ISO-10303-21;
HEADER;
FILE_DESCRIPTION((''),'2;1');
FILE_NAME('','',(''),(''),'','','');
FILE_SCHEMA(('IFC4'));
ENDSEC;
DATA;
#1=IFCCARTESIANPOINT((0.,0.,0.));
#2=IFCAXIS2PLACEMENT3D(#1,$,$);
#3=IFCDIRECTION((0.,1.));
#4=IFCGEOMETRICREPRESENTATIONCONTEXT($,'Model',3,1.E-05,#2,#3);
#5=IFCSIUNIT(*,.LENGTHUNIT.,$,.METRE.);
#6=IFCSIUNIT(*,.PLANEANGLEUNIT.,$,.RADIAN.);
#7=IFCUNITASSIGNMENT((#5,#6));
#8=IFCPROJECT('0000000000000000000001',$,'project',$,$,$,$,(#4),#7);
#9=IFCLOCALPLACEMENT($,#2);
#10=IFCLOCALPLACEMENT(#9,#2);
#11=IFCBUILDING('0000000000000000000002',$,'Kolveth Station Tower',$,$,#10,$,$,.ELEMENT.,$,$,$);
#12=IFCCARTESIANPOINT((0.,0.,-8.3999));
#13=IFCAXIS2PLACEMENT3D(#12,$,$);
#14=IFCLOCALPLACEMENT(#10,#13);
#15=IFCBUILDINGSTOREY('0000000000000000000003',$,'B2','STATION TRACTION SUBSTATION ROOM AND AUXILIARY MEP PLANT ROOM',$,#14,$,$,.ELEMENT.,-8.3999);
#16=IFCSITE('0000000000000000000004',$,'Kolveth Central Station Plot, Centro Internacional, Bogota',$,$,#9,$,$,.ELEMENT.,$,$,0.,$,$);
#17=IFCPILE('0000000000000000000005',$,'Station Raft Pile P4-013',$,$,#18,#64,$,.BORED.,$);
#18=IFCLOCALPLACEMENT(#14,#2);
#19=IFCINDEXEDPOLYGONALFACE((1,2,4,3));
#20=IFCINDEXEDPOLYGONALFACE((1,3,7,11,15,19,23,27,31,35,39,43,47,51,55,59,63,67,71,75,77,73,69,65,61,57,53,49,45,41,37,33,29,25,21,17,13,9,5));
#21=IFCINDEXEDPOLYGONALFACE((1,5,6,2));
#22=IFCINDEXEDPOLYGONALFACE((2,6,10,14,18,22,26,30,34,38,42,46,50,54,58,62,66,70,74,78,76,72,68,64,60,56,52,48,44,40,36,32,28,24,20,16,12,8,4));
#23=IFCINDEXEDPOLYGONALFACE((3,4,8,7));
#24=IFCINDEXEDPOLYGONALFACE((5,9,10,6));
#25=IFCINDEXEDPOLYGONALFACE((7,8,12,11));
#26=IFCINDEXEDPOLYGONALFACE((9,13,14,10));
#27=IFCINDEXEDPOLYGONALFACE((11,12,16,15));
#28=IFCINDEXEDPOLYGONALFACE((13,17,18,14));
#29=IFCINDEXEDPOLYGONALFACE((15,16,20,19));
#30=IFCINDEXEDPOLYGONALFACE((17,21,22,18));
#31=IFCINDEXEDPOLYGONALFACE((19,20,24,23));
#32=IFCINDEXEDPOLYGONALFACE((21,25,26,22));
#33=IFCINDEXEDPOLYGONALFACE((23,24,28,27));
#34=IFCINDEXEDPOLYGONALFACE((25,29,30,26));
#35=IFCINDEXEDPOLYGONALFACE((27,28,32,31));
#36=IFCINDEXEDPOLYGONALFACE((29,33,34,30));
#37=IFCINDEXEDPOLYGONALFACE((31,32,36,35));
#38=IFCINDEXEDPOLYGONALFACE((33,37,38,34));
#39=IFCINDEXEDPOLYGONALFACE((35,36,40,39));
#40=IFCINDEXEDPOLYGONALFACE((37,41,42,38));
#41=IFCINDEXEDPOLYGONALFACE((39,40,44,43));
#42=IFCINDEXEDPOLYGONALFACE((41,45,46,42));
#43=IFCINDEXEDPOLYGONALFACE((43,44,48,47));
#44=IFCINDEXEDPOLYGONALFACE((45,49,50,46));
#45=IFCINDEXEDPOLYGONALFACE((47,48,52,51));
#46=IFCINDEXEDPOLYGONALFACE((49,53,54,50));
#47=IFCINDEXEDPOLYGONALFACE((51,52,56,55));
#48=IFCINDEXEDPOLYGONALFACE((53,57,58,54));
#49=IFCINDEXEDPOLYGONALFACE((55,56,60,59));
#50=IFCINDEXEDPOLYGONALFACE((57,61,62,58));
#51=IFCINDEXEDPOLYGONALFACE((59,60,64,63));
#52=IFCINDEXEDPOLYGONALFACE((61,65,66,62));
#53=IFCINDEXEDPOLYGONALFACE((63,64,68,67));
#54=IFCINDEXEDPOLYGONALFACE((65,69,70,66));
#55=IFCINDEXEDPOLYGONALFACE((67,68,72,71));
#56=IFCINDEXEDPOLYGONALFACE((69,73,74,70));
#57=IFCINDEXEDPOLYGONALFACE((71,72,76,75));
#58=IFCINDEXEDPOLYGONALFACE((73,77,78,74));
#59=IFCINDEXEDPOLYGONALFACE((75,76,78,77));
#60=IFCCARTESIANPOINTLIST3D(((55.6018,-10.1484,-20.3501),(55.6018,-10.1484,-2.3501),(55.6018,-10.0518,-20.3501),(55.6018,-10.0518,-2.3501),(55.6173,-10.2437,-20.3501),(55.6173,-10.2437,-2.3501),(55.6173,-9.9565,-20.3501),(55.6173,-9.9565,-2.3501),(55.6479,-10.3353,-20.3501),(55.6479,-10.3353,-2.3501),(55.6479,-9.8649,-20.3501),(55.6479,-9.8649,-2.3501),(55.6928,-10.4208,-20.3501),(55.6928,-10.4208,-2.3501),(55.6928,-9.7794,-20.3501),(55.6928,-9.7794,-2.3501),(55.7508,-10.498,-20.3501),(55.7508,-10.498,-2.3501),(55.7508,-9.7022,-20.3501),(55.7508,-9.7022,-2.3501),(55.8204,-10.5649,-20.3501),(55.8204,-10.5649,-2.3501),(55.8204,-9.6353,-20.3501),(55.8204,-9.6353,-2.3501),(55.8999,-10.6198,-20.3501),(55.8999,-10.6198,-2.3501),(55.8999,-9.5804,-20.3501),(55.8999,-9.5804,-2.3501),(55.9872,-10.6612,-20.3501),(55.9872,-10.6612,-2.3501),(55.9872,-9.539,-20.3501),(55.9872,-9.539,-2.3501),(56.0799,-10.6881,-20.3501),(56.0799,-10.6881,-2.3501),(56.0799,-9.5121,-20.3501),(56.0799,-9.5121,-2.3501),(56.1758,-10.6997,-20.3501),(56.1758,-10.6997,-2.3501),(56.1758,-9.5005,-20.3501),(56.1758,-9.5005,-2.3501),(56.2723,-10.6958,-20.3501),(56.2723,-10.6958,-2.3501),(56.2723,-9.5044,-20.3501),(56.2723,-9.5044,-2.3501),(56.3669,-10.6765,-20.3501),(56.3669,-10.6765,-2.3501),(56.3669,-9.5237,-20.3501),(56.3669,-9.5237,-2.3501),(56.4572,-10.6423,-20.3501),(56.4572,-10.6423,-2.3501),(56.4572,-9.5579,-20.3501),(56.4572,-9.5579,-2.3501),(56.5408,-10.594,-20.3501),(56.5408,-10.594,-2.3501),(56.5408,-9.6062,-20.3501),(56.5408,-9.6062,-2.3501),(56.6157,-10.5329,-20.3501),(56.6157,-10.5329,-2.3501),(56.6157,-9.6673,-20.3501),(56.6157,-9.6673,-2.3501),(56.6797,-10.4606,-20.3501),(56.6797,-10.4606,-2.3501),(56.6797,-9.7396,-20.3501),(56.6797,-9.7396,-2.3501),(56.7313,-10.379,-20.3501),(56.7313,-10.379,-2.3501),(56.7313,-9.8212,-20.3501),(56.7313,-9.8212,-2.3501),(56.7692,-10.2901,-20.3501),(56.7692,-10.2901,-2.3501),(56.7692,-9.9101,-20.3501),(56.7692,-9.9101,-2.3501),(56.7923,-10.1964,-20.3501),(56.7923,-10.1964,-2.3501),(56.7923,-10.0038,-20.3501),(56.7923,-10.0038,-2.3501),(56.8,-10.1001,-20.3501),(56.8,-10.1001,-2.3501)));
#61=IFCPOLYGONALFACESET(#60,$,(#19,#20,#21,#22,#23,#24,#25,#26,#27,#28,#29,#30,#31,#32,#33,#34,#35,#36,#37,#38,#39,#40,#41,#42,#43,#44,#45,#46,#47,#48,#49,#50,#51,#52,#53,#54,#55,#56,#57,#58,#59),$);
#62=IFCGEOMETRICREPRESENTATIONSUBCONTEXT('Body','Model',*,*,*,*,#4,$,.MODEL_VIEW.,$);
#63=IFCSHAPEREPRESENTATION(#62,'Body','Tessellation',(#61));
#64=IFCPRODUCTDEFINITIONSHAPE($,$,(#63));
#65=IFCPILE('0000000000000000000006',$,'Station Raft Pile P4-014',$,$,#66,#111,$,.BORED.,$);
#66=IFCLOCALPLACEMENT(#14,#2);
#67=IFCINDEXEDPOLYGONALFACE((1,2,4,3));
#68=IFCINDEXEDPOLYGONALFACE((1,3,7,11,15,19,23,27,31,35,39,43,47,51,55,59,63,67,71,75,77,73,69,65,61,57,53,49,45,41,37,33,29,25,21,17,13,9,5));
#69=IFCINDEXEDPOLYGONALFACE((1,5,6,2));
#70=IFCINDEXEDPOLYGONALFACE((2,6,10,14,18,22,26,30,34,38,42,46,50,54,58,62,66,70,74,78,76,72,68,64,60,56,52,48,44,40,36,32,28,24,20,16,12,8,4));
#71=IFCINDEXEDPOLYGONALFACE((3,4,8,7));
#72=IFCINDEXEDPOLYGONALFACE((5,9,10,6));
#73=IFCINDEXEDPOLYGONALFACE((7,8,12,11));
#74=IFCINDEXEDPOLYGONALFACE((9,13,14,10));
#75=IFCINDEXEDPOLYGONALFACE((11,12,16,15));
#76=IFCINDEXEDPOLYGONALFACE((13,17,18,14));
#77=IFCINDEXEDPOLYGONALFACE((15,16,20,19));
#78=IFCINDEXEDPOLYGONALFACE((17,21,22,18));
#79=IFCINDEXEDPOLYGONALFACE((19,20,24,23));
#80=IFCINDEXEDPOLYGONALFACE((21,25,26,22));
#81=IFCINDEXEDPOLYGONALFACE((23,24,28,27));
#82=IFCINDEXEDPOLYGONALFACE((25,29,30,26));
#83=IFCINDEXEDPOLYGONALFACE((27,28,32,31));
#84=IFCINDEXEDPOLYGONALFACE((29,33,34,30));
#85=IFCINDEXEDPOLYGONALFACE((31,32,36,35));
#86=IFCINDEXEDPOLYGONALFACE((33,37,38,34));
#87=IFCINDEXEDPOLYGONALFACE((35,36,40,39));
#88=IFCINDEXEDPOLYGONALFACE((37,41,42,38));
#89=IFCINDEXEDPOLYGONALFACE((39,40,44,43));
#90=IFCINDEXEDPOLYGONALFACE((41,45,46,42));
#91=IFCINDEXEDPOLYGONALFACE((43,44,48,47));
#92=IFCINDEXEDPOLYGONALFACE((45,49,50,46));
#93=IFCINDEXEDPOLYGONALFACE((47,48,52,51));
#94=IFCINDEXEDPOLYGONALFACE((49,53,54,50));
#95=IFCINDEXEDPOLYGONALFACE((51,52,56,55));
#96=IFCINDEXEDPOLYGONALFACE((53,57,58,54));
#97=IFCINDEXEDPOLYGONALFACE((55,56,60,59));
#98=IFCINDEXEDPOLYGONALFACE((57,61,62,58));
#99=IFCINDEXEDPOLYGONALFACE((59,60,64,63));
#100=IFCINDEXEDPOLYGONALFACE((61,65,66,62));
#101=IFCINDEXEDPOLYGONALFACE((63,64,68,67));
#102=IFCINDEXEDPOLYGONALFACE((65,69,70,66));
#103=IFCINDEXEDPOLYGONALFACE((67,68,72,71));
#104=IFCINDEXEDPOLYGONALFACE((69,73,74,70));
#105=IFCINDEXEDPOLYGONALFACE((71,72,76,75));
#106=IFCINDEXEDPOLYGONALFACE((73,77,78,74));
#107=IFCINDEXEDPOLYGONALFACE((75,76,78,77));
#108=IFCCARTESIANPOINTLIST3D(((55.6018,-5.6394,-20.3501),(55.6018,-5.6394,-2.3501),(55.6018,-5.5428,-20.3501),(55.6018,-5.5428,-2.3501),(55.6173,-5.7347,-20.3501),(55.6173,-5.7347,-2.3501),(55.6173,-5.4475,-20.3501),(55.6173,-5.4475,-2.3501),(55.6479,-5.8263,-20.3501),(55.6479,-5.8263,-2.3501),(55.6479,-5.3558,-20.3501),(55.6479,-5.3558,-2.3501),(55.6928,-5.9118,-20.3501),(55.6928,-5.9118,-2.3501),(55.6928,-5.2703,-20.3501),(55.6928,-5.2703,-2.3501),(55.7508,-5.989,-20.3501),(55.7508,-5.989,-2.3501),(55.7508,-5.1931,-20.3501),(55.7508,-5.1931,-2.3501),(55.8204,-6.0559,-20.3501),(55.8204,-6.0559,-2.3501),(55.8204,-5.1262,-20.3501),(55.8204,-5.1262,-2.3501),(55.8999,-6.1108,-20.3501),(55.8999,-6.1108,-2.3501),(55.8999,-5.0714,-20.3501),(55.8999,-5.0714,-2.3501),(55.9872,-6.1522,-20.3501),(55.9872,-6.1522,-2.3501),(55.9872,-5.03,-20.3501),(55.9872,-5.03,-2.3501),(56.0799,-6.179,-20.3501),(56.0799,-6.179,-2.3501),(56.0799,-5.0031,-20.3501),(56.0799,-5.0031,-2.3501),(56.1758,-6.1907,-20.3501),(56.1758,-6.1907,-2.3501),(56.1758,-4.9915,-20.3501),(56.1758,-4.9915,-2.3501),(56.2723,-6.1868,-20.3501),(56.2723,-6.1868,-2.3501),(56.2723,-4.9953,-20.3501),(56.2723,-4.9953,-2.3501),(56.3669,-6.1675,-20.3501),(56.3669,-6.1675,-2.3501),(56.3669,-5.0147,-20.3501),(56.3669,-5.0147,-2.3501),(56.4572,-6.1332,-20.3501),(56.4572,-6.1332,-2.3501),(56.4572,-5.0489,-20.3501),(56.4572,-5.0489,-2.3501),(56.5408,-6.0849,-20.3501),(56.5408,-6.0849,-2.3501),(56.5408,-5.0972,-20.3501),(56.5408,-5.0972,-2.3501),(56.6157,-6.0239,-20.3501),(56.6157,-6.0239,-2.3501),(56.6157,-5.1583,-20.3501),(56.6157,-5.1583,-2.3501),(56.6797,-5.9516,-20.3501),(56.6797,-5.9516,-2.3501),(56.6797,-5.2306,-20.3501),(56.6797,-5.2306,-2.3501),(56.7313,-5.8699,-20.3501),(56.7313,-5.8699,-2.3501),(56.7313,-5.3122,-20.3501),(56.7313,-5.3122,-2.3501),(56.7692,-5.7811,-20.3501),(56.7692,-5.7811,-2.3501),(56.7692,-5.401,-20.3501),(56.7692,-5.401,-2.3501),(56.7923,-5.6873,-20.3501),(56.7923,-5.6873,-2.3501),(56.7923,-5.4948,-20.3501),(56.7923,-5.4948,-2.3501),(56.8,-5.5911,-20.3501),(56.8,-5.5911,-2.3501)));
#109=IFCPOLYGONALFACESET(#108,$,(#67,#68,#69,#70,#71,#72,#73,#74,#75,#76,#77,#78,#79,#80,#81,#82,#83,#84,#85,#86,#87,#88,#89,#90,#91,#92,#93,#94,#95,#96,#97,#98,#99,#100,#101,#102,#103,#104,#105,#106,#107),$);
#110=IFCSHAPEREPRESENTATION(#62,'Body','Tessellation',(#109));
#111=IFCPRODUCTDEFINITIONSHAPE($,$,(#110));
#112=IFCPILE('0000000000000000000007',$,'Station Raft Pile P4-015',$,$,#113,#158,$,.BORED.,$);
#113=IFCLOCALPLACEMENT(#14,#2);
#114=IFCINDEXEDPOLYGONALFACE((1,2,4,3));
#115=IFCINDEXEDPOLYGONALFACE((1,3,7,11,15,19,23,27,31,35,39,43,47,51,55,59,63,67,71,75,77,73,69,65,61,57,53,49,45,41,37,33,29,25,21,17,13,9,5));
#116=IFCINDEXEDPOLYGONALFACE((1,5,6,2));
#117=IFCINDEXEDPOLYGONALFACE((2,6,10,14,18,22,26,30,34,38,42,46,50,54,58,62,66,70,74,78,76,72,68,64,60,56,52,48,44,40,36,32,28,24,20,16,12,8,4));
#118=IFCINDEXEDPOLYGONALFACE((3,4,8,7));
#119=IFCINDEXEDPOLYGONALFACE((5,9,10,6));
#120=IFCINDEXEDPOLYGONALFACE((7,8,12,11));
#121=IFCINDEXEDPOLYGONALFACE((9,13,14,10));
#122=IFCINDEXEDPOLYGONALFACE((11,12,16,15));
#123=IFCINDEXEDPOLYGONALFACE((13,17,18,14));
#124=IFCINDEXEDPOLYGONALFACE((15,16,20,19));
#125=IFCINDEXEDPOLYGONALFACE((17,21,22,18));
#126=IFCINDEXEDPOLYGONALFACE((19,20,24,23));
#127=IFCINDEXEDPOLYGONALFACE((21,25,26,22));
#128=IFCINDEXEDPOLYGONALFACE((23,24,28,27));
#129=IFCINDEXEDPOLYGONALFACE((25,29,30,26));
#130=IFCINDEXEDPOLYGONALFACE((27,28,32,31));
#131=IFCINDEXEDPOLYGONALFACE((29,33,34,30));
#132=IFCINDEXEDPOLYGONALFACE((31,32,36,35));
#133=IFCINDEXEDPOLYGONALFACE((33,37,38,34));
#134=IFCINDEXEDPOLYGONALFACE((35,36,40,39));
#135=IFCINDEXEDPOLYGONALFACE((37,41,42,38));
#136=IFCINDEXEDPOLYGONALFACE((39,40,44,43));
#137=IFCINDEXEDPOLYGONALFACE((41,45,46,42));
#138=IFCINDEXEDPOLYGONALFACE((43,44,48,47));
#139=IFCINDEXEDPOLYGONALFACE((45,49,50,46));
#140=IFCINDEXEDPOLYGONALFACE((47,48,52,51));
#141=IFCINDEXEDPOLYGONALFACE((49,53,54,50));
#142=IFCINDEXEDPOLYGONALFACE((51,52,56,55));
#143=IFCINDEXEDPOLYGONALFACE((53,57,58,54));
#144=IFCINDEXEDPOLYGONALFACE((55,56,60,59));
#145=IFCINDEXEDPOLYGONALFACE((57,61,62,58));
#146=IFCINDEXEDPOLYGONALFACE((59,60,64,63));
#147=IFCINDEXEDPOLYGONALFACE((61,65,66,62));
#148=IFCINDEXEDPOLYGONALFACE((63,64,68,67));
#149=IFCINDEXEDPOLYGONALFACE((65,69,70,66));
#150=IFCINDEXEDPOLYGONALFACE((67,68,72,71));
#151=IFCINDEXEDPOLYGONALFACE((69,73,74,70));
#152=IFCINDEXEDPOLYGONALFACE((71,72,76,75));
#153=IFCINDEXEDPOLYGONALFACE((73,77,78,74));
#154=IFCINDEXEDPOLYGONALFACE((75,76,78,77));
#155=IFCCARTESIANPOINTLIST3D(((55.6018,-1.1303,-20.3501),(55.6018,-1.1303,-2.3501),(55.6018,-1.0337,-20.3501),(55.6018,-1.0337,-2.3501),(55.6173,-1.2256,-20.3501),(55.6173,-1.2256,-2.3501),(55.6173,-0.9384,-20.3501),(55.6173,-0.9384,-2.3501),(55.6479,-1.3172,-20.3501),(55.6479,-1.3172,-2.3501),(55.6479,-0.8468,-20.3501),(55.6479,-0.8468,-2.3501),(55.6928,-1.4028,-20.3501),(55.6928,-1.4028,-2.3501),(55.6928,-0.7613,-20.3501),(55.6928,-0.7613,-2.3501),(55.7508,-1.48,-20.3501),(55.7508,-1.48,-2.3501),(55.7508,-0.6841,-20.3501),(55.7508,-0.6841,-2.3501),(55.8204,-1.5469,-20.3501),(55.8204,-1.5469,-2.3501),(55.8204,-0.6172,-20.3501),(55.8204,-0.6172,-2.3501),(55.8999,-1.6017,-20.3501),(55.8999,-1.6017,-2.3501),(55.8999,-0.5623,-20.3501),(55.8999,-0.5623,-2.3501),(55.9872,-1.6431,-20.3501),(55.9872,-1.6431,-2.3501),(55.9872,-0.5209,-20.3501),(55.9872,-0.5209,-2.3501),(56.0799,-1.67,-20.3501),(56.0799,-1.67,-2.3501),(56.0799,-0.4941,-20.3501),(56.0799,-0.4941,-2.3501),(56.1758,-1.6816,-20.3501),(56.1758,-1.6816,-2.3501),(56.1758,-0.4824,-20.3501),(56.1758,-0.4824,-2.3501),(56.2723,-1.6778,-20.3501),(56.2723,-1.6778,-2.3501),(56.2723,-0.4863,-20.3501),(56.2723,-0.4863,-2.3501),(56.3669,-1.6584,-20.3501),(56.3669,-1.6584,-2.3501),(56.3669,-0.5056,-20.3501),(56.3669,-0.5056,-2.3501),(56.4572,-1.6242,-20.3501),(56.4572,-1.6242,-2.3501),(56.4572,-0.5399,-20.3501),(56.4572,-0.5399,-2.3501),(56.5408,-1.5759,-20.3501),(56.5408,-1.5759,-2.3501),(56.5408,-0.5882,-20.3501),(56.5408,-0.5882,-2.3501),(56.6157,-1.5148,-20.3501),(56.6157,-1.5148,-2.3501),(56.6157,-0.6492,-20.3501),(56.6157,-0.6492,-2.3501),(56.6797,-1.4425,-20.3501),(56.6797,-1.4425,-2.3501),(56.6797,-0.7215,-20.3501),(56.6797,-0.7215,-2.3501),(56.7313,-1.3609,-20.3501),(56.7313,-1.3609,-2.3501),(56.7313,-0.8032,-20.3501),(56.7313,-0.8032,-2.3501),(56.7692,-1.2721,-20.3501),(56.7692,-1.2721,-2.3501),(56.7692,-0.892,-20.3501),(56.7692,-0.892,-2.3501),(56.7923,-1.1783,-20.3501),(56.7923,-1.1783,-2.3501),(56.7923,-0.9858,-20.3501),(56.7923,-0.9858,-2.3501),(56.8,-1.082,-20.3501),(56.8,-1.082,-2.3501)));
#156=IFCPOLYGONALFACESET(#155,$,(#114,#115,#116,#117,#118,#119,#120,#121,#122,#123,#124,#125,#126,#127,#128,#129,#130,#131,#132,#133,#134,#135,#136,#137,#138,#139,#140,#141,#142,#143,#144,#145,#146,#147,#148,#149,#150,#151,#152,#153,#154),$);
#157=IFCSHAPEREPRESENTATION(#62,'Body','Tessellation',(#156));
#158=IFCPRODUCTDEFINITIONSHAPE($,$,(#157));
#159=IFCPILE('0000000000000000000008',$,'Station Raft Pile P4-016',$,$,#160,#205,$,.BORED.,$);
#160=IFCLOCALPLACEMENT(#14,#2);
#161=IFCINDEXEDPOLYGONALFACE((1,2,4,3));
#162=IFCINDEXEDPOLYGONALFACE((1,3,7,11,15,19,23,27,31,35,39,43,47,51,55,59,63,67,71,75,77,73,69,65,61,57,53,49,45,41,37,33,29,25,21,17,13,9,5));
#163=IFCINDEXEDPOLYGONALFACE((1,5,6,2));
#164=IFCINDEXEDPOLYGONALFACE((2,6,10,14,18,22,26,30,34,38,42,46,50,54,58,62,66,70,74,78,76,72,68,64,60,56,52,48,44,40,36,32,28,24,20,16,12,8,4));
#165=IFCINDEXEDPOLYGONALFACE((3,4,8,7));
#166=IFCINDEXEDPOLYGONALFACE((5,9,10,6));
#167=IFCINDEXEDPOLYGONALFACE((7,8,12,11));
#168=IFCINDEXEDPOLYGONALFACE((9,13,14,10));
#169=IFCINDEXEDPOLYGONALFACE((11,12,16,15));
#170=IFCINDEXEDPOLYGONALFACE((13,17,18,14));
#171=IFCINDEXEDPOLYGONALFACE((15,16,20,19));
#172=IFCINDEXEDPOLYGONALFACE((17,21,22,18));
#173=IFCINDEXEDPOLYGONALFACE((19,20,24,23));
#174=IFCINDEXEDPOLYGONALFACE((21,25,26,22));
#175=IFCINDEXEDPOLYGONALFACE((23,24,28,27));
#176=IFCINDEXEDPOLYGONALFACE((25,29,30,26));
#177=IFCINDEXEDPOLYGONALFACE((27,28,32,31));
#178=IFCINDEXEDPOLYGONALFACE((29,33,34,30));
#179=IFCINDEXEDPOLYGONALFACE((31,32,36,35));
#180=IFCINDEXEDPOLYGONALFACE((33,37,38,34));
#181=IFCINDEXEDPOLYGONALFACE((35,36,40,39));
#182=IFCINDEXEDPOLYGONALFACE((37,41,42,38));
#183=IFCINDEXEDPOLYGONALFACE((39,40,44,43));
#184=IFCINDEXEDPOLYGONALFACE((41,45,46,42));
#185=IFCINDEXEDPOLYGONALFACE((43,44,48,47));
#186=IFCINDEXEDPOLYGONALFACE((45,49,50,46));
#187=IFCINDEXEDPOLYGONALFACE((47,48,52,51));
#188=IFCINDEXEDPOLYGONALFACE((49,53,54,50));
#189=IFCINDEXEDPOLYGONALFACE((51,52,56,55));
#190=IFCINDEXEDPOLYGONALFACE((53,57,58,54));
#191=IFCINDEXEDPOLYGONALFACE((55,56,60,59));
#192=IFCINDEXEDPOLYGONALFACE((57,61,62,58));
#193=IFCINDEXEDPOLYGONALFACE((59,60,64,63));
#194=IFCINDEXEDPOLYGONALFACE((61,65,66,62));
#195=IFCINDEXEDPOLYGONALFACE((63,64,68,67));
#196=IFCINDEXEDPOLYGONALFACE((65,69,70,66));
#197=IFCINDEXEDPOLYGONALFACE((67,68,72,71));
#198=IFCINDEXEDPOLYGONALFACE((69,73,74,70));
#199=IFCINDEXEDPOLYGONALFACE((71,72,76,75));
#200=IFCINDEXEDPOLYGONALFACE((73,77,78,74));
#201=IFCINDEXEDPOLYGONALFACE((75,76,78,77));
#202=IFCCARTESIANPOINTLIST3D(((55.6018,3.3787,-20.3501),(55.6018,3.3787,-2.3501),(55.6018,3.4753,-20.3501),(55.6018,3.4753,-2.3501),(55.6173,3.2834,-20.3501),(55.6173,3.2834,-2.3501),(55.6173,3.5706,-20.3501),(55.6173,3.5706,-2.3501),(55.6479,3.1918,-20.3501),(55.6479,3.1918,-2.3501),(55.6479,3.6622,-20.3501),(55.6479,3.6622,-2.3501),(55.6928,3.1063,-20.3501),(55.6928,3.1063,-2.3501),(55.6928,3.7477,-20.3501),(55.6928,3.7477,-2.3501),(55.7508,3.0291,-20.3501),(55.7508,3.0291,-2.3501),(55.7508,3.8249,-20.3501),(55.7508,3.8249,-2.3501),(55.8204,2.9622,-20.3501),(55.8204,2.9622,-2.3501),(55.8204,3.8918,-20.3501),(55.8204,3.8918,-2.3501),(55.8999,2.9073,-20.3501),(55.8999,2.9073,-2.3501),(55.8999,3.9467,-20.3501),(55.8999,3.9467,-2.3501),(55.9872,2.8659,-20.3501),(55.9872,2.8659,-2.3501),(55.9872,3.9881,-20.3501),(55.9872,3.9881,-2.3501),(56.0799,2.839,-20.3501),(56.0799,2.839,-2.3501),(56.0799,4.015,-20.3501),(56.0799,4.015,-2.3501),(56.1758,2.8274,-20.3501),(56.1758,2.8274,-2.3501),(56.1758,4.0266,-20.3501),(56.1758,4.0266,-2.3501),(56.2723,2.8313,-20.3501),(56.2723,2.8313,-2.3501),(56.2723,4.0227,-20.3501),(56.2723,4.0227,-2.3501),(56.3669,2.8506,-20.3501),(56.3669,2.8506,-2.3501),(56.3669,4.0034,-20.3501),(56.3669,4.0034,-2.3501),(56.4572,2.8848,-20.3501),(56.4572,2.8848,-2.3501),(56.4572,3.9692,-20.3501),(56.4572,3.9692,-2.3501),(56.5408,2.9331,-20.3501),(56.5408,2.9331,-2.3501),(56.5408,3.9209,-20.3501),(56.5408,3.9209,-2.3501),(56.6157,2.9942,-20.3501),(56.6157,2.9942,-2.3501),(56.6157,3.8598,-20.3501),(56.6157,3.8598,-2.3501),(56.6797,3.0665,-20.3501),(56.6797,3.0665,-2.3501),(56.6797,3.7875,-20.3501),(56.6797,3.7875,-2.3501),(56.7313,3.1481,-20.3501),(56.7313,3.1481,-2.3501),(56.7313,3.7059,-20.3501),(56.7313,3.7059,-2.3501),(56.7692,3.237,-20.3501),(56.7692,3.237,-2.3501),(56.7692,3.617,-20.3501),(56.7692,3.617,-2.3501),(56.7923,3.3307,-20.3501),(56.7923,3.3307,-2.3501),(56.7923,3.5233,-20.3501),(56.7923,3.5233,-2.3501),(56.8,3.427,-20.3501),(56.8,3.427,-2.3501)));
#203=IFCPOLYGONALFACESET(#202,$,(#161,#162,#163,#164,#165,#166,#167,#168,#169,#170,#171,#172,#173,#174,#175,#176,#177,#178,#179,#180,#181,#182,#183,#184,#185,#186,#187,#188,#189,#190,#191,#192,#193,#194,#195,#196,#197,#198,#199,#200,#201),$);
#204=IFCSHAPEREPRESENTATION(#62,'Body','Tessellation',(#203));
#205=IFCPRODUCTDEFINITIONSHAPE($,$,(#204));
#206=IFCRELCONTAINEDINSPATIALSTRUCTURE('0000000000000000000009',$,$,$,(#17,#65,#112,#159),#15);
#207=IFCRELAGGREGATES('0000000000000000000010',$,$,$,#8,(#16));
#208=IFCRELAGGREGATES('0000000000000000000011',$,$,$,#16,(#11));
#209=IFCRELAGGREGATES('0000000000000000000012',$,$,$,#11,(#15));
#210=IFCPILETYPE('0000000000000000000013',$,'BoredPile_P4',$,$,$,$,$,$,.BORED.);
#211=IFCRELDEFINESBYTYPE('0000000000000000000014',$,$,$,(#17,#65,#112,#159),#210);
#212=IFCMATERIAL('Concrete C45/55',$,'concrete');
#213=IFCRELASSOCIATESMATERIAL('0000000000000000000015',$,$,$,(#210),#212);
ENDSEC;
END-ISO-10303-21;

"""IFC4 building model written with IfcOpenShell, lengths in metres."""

from ifc_helpers import new_model, si_unit, direction, frame, origin, origin_2d, place, context, subcontext, project, spatial, circle, extrude, source, transform, mapped, material, material_profile, profile_set, type_object, element, save


model = new_model("IFC4")

# Units and contexts
model_context = context("Model", 3, precision=1e-05, world=origin(), true_north=direction((0.0, 1.0)))
body_context = subcontext(model_context, "Body", "Model", "MODEL_VIEW")
ifc_project = project(units=[si_unit("LENGTHUNIT", "METRE"), si_unit("PLANEANGLEUNIT", "RADIAN")], contexts=[model_context])

# Site, building, storey
site_placement = place(None, origin())
site = spatial("IfcSite", under=ifc_project, at=site_placement, Name="Kolveth Central Station Plot, Centro Internacional, Bogota", CompositionType="ELEMENT", RefElevation=0.0)
building_placement = place(site_placement, origin())
building = spatial("IfcBuilding", under=site, at=building_placement, Name="Kolveth Station Tower", CompositionType="ELEMENT")
storey_placement = place(building_placement, frame((0.0, 0.0, -8.3999)))
storey = spatial("IfcBuildingStorey", under=building, at=storey_placement, Name="B2", Description="STATION TRACTION SUBSTATION ROOM AND AUXILIARY MEP PLANT ROOM", CompositionType="ELEMENT", Elevation=-8.3999)

# Piles
ifc_material_1 = material(Name="Concrete C45/55", Category="concrete")
ifc_material_profile_1 = material_profile(ifc_material_1, circle(Radius=0.6001, at=origin_2d()), Name="PILE-D1200")
ifc_profile_set_1 = profile_set([ifc_material_profile_1], Name="Concrete C45/55")
pile_type = type_object("IfcPileType", Name="BoredPile_P4", PredefinedType="BORED", material=ifc_profile_set_1)
shared_shape_1 = source(origin(), body_context, "Body", "SweptSolid", [
    extrude(circle(Radius=0.6001, at=origin_2d()), origin(), (0.0, 0.0, 1.0), 18.0),
])
for number, where, z_axis, x_axis, name in (
    (1, (56.2, -10.1001, -2.3501), (0.0, 0.0, -1.0), (1.0, 0.0, 0.0), "Station Raft Pile P4-013"),
    (2, (56.2, -5.5911, -2.3501), (0.0, 0.0, -1.0), (1.0, 0.0, 0.0), "Station Raft Pile P4-014"),
    (3, (56.2, -1.082, -2.3501), (0.0, 0.0, -1.0), (1.0, 0.0, 0.0), "Station Raft Pile P4-015"),
    (4, (56.2, 3.427, -2.3501), (0.0, 0.0, -1.0), (1.0, 0.0, 0.0), "Station Raft Pile P4-016"),
):
    element("IfcPile", number, at=place(storey_placement, frame(where, z_axis=z_axis, x_axis=x_axis)), inside=storey, type_object=pile_type, Name=name, PredefinedType="BORED", context=body_context, shape_type="MappedRepresentation", body=[
        mapped(shared_shape_1, transform((0.0, 0.0, 0.0), x_axis=(1.0, 0.0, 0.0), y_axis=(0.0, 1.0, 0.0), z_axis=(0.0, 0.0, 1.0), scale=1.0)),
    ])

save(model, "model.ifc")
